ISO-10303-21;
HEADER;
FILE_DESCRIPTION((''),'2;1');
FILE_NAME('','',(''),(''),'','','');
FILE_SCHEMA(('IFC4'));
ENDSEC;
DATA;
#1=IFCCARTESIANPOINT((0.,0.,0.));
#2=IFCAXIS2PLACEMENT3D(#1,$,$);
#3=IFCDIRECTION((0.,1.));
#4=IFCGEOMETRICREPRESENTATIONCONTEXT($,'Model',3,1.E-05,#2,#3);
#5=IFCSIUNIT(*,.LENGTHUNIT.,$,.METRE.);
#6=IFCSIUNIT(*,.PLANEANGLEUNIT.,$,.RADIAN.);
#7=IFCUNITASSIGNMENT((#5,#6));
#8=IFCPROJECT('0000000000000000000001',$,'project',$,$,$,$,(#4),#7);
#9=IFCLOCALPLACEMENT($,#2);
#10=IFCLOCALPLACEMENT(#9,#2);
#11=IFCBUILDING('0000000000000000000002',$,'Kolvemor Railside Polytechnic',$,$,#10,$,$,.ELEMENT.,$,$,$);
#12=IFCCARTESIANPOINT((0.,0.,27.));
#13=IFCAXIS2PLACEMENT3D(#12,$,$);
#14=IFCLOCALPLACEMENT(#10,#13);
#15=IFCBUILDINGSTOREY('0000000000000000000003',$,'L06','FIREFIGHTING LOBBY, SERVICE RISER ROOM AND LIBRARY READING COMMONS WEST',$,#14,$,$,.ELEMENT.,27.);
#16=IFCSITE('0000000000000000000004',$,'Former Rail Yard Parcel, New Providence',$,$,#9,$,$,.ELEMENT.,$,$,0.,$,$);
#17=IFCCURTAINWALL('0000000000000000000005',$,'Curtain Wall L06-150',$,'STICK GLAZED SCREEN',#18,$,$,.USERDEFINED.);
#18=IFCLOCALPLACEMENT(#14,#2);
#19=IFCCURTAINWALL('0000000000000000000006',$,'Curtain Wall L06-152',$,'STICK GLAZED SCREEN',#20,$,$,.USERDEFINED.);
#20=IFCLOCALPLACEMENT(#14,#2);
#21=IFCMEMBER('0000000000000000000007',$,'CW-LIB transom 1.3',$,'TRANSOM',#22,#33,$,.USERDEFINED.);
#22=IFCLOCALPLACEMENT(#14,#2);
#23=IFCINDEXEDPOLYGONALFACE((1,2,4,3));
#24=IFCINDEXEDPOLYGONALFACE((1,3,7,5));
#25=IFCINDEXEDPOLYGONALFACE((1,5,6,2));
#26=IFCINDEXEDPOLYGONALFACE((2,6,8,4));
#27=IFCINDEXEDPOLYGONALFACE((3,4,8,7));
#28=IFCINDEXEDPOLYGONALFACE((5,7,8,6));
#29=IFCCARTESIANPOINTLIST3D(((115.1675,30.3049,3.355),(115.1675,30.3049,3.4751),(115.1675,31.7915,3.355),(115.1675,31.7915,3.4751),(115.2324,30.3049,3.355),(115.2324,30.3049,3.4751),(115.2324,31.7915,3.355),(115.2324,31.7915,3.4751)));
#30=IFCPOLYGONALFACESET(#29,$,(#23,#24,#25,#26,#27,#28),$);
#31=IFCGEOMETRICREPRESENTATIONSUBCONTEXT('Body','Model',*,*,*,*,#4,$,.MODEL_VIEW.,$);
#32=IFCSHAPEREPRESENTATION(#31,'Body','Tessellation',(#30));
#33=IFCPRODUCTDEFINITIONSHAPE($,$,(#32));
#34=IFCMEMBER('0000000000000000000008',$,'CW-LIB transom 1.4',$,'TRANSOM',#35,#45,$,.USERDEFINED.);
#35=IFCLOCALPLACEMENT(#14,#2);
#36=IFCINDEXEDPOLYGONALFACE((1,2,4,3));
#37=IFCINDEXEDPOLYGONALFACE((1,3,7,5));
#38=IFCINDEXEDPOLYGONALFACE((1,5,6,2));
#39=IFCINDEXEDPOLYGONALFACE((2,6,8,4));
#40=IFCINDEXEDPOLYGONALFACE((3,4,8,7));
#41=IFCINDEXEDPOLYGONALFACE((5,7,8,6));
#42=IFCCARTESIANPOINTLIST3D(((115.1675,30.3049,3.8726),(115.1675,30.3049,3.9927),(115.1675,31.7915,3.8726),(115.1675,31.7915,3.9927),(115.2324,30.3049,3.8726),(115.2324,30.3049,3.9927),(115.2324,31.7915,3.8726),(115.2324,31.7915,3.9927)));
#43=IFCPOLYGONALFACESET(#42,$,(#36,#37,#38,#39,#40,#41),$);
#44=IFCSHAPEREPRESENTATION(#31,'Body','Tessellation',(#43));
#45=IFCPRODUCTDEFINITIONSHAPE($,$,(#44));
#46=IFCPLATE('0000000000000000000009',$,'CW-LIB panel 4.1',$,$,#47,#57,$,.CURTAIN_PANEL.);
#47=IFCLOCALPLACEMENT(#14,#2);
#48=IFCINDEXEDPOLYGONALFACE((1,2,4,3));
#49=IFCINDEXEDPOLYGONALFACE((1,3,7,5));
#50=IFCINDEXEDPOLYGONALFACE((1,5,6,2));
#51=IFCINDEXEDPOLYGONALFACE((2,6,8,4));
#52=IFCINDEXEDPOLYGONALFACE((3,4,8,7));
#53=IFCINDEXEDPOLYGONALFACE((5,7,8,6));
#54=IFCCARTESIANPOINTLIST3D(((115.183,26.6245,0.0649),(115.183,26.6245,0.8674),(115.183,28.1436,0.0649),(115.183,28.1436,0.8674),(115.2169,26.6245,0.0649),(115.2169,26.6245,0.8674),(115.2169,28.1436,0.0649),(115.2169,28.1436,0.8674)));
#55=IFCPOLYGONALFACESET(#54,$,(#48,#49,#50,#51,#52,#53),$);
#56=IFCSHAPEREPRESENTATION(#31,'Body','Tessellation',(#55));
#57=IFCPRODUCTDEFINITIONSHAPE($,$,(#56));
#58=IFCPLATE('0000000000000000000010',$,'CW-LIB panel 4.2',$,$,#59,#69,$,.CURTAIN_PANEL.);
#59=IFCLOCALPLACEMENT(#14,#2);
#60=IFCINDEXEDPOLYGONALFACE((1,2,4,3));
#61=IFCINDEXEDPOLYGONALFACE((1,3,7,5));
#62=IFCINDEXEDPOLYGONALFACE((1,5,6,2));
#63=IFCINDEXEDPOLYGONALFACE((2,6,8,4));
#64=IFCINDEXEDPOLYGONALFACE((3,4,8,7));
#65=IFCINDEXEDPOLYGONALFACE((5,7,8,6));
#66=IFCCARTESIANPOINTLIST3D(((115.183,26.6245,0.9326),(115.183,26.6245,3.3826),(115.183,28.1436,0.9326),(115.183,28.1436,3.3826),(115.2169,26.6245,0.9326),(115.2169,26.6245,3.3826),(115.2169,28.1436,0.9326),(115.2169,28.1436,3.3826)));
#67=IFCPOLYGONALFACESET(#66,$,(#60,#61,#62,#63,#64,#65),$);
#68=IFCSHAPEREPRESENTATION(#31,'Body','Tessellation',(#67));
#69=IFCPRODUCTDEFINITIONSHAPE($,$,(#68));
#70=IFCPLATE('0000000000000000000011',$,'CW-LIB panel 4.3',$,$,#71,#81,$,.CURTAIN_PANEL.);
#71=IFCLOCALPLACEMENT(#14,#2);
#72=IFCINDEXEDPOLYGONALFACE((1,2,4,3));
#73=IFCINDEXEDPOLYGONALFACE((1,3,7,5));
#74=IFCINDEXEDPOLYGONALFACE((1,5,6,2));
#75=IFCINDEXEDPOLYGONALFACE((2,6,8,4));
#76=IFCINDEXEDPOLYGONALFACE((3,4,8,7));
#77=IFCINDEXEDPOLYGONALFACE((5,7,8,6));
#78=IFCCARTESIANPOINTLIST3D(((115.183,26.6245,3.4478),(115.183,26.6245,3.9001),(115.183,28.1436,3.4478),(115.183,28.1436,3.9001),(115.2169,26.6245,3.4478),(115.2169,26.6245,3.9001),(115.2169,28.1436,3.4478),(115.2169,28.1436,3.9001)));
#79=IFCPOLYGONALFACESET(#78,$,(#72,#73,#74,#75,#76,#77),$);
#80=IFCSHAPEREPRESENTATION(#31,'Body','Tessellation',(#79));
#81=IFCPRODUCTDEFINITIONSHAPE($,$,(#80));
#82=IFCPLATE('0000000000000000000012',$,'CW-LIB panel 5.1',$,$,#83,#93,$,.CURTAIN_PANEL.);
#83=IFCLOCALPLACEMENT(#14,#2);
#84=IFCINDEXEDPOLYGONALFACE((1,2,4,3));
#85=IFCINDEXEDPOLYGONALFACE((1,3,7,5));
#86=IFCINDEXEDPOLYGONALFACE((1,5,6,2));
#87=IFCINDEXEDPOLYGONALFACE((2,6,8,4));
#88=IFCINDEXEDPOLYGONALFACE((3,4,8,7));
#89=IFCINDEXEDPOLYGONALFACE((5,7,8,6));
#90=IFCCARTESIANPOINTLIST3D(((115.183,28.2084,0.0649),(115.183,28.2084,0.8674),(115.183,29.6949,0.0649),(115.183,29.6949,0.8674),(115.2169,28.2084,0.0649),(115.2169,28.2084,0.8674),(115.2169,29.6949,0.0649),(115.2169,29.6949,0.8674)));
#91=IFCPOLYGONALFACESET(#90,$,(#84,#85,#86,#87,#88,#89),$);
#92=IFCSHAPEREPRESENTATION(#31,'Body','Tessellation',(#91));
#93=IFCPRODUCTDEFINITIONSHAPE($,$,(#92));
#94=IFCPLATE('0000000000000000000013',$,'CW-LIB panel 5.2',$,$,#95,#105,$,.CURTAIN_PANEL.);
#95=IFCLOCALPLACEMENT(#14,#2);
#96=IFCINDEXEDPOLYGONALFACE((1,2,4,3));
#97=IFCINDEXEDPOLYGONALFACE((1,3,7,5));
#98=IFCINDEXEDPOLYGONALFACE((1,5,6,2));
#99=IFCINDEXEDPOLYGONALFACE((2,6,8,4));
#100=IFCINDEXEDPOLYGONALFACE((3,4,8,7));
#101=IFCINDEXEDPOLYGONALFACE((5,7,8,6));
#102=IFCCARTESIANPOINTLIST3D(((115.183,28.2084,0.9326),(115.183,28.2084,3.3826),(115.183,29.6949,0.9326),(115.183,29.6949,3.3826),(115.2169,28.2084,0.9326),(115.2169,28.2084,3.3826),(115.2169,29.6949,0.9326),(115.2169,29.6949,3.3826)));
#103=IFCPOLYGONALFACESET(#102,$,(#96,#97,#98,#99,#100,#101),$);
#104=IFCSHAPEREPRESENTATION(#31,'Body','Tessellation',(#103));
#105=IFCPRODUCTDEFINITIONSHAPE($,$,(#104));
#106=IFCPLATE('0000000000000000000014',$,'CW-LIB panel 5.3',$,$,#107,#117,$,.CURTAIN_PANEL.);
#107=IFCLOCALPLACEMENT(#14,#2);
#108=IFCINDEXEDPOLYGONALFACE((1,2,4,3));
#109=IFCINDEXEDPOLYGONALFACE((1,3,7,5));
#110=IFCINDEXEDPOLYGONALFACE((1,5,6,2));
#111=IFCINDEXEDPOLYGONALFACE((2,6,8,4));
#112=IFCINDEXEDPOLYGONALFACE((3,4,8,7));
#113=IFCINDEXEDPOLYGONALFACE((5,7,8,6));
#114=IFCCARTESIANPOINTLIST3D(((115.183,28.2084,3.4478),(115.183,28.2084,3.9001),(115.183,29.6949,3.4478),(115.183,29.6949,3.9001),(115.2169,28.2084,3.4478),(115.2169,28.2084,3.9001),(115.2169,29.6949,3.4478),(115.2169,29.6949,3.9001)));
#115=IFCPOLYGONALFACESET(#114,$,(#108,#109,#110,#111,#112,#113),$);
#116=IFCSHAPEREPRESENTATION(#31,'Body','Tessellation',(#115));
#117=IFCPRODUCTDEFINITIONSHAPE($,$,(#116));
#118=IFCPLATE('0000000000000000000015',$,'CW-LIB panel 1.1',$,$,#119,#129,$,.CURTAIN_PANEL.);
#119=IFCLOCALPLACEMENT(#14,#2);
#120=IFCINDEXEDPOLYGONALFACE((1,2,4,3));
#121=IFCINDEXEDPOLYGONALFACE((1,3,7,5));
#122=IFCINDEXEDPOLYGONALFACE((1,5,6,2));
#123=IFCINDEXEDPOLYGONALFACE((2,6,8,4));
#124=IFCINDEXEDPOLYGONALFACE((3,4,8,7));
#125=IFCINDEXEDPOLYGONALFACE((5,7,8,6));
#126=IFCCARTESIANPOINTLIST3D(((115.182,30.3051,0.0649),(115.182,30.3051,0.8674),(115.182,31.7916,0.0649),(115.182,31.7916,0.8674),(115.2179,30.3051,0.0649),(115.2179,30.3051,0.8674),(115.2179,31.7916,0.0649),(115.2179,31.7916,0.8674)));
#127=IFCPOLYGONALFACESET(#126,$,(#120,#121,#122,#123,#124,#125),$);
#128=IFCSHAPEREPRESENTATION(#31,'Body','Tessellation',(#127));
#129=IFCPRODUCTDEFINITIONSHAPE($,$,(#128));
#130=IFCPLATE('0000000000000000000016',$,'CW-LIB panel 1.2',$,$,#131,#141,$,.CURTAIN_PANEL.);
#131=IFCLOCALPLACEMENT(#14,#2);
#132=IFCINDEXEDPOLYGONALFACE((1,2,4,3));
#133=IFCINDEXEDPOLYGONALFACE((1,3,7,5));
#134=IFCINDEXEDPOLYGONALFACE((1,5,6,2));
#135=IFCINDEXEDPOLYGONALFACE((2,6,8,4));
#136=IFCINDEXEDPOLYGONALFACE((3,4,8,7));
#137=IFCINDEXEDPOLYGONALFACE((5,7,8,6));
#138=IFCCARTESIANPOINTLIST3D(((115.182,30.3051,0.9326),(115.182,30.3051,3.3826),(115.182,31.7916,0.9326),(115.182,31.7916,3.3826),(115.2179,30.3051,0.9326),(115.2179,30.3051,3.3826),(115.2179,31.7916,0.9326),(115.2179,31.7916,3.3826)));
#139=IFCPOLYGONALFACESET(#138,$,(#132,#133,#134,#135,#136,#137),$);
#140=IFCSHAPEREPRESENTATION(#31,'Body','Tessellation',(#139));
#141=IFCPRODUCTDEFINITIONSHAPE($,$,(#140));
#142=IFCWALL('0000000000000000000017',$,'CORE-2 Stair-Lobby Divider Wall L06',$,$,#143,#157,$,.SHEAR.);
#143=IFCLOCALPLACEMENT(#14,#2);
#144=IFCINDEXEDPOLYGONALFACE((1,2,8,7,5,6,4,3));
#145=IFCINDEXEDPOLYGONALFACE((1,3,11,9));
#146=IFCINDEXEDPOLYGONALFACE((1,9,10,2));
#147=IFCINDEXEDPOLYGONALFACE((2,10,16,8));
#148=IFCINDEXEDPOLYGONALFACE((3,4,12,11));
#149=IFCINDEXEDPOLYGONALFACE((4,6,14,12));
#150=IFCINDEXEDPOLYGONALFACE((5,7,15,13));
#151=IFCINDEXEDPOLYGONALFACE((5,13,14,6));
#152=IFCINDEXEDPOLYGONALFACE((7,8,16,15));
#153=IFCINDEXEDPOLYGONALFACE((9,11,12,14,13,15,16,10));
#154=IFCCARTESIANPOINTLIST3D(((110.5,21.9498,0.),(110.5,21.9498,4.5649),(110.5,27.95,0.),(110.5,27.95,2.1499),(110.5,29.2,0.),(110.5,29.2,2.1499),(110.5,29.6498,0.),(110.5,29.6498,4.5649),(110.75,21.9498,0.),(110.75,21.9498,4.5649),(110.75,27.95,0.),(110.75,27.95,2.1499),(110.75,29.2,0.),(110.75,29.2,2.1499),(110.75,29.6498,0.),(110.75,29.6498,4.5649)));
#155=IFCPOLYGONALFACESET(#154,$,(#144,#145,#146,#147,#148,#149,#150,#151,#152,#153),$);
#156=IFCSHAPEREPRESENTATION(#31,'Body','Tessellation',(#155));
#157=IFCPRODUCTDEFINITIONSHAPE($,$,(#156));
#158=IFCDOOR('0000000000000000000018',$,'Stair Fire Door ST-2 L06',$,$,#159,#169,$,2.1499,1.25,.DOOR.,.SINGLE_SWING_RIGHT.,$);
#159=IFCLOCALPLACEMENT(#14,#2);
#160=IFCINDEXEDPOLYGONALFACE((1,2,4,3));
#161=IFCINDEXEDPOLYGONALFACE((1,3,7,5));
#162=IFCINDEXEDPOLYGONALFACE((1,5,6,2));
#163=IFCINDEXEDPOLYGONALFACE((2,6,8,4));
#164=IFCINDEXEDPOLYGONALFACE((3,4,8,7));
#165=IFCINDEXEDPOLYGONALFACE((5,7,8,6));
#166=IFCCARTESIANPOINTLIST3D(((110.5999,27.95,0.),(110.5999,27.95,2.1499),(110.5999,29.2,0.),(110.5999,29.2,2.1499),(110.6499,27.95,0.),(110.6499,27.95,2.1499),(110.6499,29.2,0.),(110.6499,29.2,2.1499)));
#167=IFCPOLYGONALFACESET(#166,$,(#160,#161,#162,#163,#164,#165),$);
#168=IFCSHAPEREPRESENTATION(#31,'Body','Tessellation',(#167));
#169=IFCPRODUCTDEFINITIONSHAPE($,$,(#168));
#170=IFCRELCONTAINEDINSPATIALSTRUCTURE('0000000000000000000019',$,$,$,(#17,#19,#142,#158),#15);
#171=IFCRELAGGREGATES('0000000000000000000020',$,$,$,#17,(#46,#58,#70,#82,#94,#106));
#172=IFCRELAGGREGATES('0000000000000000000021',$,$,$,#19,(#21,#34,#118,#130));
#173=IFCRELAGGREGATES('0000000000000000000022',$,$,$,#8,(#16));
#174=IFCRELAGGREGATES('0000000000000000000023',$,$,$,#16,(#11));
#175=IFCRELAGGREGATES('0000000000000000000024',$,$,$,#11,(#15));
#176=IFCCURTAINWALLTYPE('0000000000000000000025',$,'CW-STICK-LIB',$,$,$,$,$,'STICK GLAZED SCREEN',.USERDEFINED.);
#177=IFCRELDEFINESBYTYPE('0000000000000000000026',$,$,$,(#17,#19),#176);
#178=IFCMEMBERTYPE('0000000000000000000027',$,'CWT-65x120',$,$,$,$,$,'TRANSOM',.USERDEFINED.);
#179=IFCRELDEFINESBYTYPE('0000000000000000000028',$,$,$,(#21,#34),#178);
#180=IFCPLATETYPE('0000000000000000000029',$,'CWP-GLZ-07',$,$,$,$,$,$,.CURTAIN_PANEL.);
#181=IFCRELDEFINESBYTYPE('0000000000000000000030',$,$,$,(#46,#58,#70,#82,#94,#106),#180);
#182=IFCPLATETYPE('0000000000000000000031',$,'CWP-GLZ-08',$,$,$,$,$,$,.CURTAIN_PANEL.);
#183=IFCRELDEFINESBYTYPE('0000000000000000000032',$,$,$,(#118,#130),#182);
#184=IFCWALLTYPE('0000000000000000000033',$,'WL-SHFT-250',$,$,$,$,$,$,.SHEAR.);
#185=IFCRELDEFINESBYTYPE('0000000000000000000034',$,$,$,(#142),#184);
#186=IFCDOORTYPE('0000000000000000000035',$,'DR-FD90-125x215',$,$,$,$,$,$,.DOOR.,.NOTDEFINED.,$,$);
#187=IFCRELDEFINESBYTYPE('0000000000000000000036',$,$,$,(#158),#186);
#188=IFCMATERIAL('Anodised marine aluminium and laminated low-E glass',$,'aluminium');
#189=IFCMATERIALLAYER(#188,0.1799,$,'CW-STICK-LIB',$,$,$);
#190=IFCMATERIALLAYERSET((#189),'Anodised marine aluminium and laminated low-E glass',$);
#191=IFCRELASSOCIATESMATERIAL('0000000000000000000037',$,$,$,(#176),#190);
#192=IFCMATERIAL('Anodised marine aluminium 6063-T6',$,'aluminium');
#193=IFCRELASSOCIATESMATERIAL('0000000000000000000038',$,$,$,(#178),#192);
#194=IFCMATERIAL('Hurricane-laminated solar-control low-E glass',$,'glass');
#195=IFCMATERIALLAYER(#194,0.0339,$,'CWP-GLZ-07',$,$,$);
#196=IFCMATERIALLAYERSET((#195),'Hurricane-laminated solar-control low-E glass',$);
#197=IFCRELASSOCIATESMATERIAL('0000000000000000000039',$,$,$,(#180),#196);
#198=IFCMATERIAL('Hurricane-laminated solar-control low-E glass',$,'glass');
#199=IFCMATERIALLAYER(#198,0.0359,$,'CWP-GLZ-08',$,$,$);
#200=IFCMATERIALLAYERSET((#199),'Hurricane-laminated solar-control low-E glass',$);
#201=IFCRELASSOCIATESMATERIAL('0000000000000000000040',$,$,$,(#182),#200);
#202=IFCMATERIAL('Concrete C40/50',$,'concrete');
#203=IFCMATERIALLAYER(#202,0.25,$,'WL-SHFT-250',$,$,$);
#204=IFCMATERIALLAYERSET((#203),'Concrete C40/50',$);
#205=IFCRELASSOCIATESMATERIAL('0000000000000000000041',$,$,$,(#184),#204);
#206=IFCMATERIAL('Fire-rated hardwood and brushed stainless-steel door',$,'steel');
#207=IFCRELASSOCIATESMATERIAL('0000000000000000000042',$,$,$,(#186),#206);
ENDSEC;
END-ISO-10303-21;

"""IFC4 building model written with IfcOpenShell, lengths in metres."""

from ifc_helpers import new_model, si_unit, direction, frame, frame_2d, origin, origin_2d, place, context, subcontext, project, spatial, rectangle, extrude, material, layer, layer_set, material_profile, profile_set, type_object, element, fill, aggregate, save


model = new_model("IFC4")

# Units and contexts
model_context = context("Model", 3, precision=1e-05, world=origin(), true_north=direction((0.0, 1.0)))
body_context = subcontext(model_context, "Body", "Model", "MODEL_VIEW")
ifc_project = project(units=[si_unit("LENGTHUNIT", "METRE"), si_unit("PLANEANGLEUNIT", "RADIAN")], contexts=[model_context])

# Site, building, storey
site_placement = place(None, origin())
site = spatial("IfcSite", under=ifc_project, at=site_placement, Name="Former Rail Yard Parcel, New Providence", CompositionType="ELEMENT", RefElevation=0.0)
building_placement = place(site_placement, origin())
building = spatial("IfcBuilding", under=site, at=building_placement, Name="Kolvemor Railside Polytechnic", CompositionType="ELEMENT")
storey_placement = place(building_placement, frame((0.0, 0.0, 27.0)))
storey = spatial("IfcBuildingStorey", under=building, at=storey_placement, Name="L06", Description="FIREFIGHTING LOBBY, SERVICE RISER ROOM AND LIBRARY READING COMMONS WEST", CompositionType="ELEMENT", Elevation=27.0)

# Curtain wall
ifc_material_1 = material(Name="Anodised marine aluminium and laminated low-E glass", Category="aluminium")
ifc_layer_1 = layer(ifc_material_1, 0.1799, Name="CW-STICK-LIB")
ifc_layer_set_1 = layer_set([ifc_layer_1], Name="Anodised marine aluminium and laminated low-E glass")
curtain_wall_type = type_object("IfcCurtainWallType", Name="CW-STICK-LIB", ElementType="STICK GLAZED SCREEN", PredefinedType="USERDEFINED", material=ifc_layer_set_1)
curtain_wall_1_placement = place(storey_placement, origin())
curtain_wall_1 = element("IfcCurtainWall", 1, at=curtain_wall_1_placement, inside=storey, type_object=curtain_wall_type, Name="Curtain Wall L06-150", ObjectType="STICK GLAZED SCREEN", PredefinedType="USERDEFINED")

# Curtain wall
curtain_wall_2_placement = place(storey_placement, origin())
curtain_wall_2 = element("IfcCurtainWall", 2, at=curtain_wall_2_placement, inside=storey, type_object=curtain_wall_type, Name="Curtain Wall L06-152", ObjectType="STICK GLAZED SCREEN", PredefinedType="USERDEFINED")

# Members
ifc_material_2 = material(Name="Anodised marine aluminium 6063-T6", Category="aluminium")
ifc_material_profile_1 = material_profile(ifc_material_2, rectangle(XDim=0.0649, YDim=0.1201, at=origin_2d()), Name="CW-TRN-65x120")
ifc_profile_set_1 = profile_set([ifc_material_profile_1], Name="Anodised marine aluminium 6063-T6")
member_type_1 = type_object("IfcMemberType", Name="CWT-65x120", ElementType="TRANSOM", PredefinedType="USERDEFINED", material=ifc_profile_set_1)
member_1_placement = place(storey_placement, frame((115.2, 30.3049, 3.415), z_axis=(0.0, 1.0, 0.0), x_axis=(-1.0, 0.0, 0.0)))
member_1 = element("IfcMember", 3, at=member_1_placement, type_object=member_type_1, Name="CW-LIB transom 1.3", ObjectType="TRANSOM", PredefinedType="USERDEFINED", context=body_context, shape_type="SweptSolid", body=[
    extrude(rectangle(XDim=0.0649, YDim=0.1201, at=origin_2d()), origin(), (0.0, 0.0, 1.0), 1.4866),
])
member_2_placement = place(storey_placement, frame((115.2, 30.3049, 3.9326), z_axis=(0.0, 1.0, 0.0), x_axis=(-1.0, 0.0, 0.0)))
member_2 = element("IfcMember", 4, at=member_2_placement, type_object=member_type_1, Name="CW-LIB transom 1.4", ObjectType="TRANSOM", PredefinedType="USERDEFINED", context=body_context, shape_type="SweptSolid", body=[
    extrude(rectangle(XDim=0.0649, YDim=0.1201, at=origin_2d()), origin(), (0.0, 0.0, 1.0), 1.4866),
])

# Plates
ifc_material_3 = material(Name="Hurricane-laminated solar-control low-E glass", Category="glass")
ifc_layer_2 = layer(ifc_material_3, 0.0339, Name="CWP-GLZ-07")
ifc_layer_set_2 = layer_set([ifc_layer_2], Name="Hurricane-laminated solar-control low-E glass")
plate_type_1 = type_object("IfcPlateType", Name="CWP-GLZ-07", PredefinedType="CURTAIN_PANEL", material=ifc_layer_set_2)
plate_1_placement = place(storey_placement, frame((115.2, 27.384, 0.0649), z_axis=(0.0, 0.0, 1.0), x_axis=(0.0, 1.0, 0.0)))
plate_1 = element("IfcPlate", 5, at=plate_1_placement, type_object=plate_type_1, Name="CW-LIB panel 4.1", PredefinedType="CURTAIN_PANEL", context=body_context, shape_type="SweptSolid", body=[
    extrude(rectangle(XDim=1.519, YDim=0.0339, at=origin_2d()), origin(), (0.0, 0.0, 1.0), 0.8025),
])
plate_2_placement = place(storey_placement, frame((115.2, 27.384, 0.9326), z_axis=(0.0, 0.0, 1.0), x_axis=(0.0, 1.0, 0.0)))
plate_2 = element("IfcPlate", 6, at=plate_2_placement, type_object=plate_type_1, Name="CW-LIB panel 4.2", PredefinedType="CURTAIN_PANEL", context=body_context, shape_type="SweptSolid", body=[
    extrude(rectangle(XDim=1.519, YDim=0.0339, at=origin_2d()), origin(), (0.0, 0.0, 1.0), 2.45),
])
plate_3_placement = place(storey_placement, frame((115.2, 27.384, 3.4478), z_axis=(0.0, 0.0, 1.0), x_axis=(0.0, 1.0, 0.0)))
plate_3 = element("IfcPlate", 7, at=plate_3_placement, type_object=plate_type_1, Name="CW-LIB panel 4.3", PredefinedType="CURTAIN_PANEL", context=body_context, shape_type="SweptSolid", body=[
    extrude(rectangle(XDim=1.519, YDim=0.0339, at=origin_2d()), origin(), (0.0, 0.0, 1.0), 0.4524),
])
plate_4_placement = place(storey_placement, frame((115.2, 28.9517, 0.0649), z_axis=(0.0, 0.0, 1.0), x_axis=(0.0, 1.0, 0.0)))
plate_4 = element("IfcPlate", 8, at=plate_4_placement, type_object=plate_type_1, Name="CW-LIB panel 5.1", PredefinedType="CURTAIN_PANEL", context=body_context, shape_type="SweptSolid", body=[
    extrude(rectangle(XDim=1.4866, YDim=0.0339, at=origin_2d()), origin(), (0.0, 0.0, 1.0), 0.8025),
])
plate_5_placement = place(storey_placement, frame((115.2, 28.9517, 0.9326), z_axis=(0.0, 0.0, 1.0), x_axis=(0.0, 1.0, 0.0)))
plate_5 = element("IfcPlate", 9, at=plate_5_placement, type_object=plate_type_1, Name="CW-LIB panel 5.2", PredefinedType="CURTAIN_PANEL", context=body_context, shape_type="SweptSolid", body=[
    extrude(rectangle(XDim=1.4866, YDim=0.0339, at=origin_2d()), origin(), (0.0, 0.0, 1.0), 2.45),
])
plate_6_placement = place(storey_placement, frame((115.2, 28.9517, 3.4478), z_axis=(0.0, 0.0, 1.0), x_axis=(0.0, 1.0, 0.0)))
plate_6 = element("IfcPlate", 10, at=plate_6_placement, type_object=plate_type_1, Name="CW-LIB panel 5.3", PredefinedType="CURTAIN_PANEL", context=body_context, shape_type="SweptSolid", body=[
    extrude(rectangle(XDim=1.4866, YDim=0.0339, at=origin_2d()), origin(), (0.0, 0.0, 1.0), 0.4524),
])
aggregate(curtain_wall_1, [plate_1, plate_2, plate_3, plate_4, plate_5, plate_6])
ifc_material_4 = material(Name="Hurricane-laminated solar-control low-E glass", Category="glass")
ifc_layer_3 = layer(ifc_material_4, 0.0359, Name="CWP-GLZ-08")
ifc_layer_set_3 = layer_set([ifc_layer_3], Name="Hurricane-laminated solar-control low-E glass")
plate_type_2 = type_object("IfcPlateType", Name="CWP-GLZ-08", PredefinedType="CURTAIN_PANEL", material=ifc_layer_set_3)
plate_7_placement = place(storey_placement, frame((115.2, 31.0483, 0.0649), z_axis=(0.0, 0.0, 1.0), x_axis=(0.0, 1.0, 0.0)))
plate_7 = element("IfcPlate", 11, at=plate_7_placement, type_object=plate_type_2, Name="CW-LIB panel 1.1", PredefinedType="CURTAIN_PANEL", context=body_context, shape_type="SweptSolid", body=[
    extrude(rectangle(XDim=1.4866, YDim=0.0359, at=origin_2d()), origin(), (0.0, 0.0, 1.0), 0.8025),
])
plate_8_placement = place(storey_placement, frame((115.2, 31.0483, 0.9326), z_axis=(0.0, 0.0, 1.0), x_axis=(0.0, 1.0, 0.0)))
plate_8 = element("IfcPlate", 12, at=plate_8_placement, type_object=plate_type_2, Name="CW-LIB panel 1.2", PredefinedType="CURTAIN_PANEL", context=body_context, shape_type="SweptSolid", body=[
    extrude(rectangle(XDim=1.4866, YDim=0.0359, at=origin_2d()), origin(), (0.0, 0.0, 1.0), 2.45),
])
aggregate(curtain_wall_2, [member_1, member_2, plate_7, plate_8])

# Wall, opening, door
ifc_material_5 = material(Name="Concrete C40/50", Category="concrete")
ifc_layer_4 = layer(ifc_material_5, 0.25, Name="WL-SHFT-250")
ifc_layer_set_4 = layer_set([ifc_layer_4], Name="Concrete C40/50")
wall_type = type_object("IfcWallType", Name="WL-SHFT-250", PredefinedType="SHEAR", material=ifc_layer_set_4)
wall_placement = place(storey_placement, frame((110.625, 29.6499, 0.0), z_axis=(0.0, 0.0, 1.0), x_axis=(0.0, -1.0, 0.0)))
wall = element("IfcWall", 13, at=wall_placement, inside=storey, type_object=wall_type, Name="CORE-2 Stair-Lobby Divider Wall L06", PredefinedType="SHEAR", context=body_context, shape_type="SweptSolid", body=[
    extrude(rectangle(XDim=7.7, YDim=0.25, at=frame_2d((3.8501, 0.0))), origin(), (0.0, 0.0, 1.0), 4.5649),
])
opening_placement = place(wall_placement, frame((0.45, 0.0, 0.0)))
opening = element("IfcOpeningElement", 14, at=opening_placement, cuts=wall, PredefinedType="OPENING", context=body_context, shape_type="SweptSolid", body=[
    extrude(rectangle(XDim=1.25, YDim=2.1499, at=frame_2d((0.625, 1.075))), frame((0.0, 0.135, 0.0), z_axis=(0.0, -1.0, 0.0), x_axis=(1.0, 0.0, 0.0)), (0.0, 0.0, 1.0), 0.27),
])
ifc_material_6 = material(Name="Fire-rated hardwood and brushed stainless-steel door", Category="steel")
door_type = type_object("IfcDoorType", Name="DR-FD90-125x215", OperationType="NOTDEFINED", PredefinedType="DOOR", material=ifc_material_6)
door_placement = place(opening_placement, origin())
door = element("IfcDoor", 15, at=door_placement, inside=storey, type_object=door_type, Name="Stair Fire Door ST-2 L06", OperationType="SINGLE_SWING_RIGHT", OverallHeight=2.1499, OverallWidth=1.25, PredefinedType="DOOR", context=body_context, shape_type="SweptSolid", body=[
    extrude(rectangle(XDim=1.25, YDim=2.1499, at=frame_2d((0.625, 1.075))), frame((0.0, 0.0249, 0.0), z_axis=(0.0, -1.0, 0.0), x_axis=(1.0, 0.0, 0.0)), (0.0, 0.0, 1.0), 0.05),
])
fill(opening, door)

save(model, "model.ifc")
